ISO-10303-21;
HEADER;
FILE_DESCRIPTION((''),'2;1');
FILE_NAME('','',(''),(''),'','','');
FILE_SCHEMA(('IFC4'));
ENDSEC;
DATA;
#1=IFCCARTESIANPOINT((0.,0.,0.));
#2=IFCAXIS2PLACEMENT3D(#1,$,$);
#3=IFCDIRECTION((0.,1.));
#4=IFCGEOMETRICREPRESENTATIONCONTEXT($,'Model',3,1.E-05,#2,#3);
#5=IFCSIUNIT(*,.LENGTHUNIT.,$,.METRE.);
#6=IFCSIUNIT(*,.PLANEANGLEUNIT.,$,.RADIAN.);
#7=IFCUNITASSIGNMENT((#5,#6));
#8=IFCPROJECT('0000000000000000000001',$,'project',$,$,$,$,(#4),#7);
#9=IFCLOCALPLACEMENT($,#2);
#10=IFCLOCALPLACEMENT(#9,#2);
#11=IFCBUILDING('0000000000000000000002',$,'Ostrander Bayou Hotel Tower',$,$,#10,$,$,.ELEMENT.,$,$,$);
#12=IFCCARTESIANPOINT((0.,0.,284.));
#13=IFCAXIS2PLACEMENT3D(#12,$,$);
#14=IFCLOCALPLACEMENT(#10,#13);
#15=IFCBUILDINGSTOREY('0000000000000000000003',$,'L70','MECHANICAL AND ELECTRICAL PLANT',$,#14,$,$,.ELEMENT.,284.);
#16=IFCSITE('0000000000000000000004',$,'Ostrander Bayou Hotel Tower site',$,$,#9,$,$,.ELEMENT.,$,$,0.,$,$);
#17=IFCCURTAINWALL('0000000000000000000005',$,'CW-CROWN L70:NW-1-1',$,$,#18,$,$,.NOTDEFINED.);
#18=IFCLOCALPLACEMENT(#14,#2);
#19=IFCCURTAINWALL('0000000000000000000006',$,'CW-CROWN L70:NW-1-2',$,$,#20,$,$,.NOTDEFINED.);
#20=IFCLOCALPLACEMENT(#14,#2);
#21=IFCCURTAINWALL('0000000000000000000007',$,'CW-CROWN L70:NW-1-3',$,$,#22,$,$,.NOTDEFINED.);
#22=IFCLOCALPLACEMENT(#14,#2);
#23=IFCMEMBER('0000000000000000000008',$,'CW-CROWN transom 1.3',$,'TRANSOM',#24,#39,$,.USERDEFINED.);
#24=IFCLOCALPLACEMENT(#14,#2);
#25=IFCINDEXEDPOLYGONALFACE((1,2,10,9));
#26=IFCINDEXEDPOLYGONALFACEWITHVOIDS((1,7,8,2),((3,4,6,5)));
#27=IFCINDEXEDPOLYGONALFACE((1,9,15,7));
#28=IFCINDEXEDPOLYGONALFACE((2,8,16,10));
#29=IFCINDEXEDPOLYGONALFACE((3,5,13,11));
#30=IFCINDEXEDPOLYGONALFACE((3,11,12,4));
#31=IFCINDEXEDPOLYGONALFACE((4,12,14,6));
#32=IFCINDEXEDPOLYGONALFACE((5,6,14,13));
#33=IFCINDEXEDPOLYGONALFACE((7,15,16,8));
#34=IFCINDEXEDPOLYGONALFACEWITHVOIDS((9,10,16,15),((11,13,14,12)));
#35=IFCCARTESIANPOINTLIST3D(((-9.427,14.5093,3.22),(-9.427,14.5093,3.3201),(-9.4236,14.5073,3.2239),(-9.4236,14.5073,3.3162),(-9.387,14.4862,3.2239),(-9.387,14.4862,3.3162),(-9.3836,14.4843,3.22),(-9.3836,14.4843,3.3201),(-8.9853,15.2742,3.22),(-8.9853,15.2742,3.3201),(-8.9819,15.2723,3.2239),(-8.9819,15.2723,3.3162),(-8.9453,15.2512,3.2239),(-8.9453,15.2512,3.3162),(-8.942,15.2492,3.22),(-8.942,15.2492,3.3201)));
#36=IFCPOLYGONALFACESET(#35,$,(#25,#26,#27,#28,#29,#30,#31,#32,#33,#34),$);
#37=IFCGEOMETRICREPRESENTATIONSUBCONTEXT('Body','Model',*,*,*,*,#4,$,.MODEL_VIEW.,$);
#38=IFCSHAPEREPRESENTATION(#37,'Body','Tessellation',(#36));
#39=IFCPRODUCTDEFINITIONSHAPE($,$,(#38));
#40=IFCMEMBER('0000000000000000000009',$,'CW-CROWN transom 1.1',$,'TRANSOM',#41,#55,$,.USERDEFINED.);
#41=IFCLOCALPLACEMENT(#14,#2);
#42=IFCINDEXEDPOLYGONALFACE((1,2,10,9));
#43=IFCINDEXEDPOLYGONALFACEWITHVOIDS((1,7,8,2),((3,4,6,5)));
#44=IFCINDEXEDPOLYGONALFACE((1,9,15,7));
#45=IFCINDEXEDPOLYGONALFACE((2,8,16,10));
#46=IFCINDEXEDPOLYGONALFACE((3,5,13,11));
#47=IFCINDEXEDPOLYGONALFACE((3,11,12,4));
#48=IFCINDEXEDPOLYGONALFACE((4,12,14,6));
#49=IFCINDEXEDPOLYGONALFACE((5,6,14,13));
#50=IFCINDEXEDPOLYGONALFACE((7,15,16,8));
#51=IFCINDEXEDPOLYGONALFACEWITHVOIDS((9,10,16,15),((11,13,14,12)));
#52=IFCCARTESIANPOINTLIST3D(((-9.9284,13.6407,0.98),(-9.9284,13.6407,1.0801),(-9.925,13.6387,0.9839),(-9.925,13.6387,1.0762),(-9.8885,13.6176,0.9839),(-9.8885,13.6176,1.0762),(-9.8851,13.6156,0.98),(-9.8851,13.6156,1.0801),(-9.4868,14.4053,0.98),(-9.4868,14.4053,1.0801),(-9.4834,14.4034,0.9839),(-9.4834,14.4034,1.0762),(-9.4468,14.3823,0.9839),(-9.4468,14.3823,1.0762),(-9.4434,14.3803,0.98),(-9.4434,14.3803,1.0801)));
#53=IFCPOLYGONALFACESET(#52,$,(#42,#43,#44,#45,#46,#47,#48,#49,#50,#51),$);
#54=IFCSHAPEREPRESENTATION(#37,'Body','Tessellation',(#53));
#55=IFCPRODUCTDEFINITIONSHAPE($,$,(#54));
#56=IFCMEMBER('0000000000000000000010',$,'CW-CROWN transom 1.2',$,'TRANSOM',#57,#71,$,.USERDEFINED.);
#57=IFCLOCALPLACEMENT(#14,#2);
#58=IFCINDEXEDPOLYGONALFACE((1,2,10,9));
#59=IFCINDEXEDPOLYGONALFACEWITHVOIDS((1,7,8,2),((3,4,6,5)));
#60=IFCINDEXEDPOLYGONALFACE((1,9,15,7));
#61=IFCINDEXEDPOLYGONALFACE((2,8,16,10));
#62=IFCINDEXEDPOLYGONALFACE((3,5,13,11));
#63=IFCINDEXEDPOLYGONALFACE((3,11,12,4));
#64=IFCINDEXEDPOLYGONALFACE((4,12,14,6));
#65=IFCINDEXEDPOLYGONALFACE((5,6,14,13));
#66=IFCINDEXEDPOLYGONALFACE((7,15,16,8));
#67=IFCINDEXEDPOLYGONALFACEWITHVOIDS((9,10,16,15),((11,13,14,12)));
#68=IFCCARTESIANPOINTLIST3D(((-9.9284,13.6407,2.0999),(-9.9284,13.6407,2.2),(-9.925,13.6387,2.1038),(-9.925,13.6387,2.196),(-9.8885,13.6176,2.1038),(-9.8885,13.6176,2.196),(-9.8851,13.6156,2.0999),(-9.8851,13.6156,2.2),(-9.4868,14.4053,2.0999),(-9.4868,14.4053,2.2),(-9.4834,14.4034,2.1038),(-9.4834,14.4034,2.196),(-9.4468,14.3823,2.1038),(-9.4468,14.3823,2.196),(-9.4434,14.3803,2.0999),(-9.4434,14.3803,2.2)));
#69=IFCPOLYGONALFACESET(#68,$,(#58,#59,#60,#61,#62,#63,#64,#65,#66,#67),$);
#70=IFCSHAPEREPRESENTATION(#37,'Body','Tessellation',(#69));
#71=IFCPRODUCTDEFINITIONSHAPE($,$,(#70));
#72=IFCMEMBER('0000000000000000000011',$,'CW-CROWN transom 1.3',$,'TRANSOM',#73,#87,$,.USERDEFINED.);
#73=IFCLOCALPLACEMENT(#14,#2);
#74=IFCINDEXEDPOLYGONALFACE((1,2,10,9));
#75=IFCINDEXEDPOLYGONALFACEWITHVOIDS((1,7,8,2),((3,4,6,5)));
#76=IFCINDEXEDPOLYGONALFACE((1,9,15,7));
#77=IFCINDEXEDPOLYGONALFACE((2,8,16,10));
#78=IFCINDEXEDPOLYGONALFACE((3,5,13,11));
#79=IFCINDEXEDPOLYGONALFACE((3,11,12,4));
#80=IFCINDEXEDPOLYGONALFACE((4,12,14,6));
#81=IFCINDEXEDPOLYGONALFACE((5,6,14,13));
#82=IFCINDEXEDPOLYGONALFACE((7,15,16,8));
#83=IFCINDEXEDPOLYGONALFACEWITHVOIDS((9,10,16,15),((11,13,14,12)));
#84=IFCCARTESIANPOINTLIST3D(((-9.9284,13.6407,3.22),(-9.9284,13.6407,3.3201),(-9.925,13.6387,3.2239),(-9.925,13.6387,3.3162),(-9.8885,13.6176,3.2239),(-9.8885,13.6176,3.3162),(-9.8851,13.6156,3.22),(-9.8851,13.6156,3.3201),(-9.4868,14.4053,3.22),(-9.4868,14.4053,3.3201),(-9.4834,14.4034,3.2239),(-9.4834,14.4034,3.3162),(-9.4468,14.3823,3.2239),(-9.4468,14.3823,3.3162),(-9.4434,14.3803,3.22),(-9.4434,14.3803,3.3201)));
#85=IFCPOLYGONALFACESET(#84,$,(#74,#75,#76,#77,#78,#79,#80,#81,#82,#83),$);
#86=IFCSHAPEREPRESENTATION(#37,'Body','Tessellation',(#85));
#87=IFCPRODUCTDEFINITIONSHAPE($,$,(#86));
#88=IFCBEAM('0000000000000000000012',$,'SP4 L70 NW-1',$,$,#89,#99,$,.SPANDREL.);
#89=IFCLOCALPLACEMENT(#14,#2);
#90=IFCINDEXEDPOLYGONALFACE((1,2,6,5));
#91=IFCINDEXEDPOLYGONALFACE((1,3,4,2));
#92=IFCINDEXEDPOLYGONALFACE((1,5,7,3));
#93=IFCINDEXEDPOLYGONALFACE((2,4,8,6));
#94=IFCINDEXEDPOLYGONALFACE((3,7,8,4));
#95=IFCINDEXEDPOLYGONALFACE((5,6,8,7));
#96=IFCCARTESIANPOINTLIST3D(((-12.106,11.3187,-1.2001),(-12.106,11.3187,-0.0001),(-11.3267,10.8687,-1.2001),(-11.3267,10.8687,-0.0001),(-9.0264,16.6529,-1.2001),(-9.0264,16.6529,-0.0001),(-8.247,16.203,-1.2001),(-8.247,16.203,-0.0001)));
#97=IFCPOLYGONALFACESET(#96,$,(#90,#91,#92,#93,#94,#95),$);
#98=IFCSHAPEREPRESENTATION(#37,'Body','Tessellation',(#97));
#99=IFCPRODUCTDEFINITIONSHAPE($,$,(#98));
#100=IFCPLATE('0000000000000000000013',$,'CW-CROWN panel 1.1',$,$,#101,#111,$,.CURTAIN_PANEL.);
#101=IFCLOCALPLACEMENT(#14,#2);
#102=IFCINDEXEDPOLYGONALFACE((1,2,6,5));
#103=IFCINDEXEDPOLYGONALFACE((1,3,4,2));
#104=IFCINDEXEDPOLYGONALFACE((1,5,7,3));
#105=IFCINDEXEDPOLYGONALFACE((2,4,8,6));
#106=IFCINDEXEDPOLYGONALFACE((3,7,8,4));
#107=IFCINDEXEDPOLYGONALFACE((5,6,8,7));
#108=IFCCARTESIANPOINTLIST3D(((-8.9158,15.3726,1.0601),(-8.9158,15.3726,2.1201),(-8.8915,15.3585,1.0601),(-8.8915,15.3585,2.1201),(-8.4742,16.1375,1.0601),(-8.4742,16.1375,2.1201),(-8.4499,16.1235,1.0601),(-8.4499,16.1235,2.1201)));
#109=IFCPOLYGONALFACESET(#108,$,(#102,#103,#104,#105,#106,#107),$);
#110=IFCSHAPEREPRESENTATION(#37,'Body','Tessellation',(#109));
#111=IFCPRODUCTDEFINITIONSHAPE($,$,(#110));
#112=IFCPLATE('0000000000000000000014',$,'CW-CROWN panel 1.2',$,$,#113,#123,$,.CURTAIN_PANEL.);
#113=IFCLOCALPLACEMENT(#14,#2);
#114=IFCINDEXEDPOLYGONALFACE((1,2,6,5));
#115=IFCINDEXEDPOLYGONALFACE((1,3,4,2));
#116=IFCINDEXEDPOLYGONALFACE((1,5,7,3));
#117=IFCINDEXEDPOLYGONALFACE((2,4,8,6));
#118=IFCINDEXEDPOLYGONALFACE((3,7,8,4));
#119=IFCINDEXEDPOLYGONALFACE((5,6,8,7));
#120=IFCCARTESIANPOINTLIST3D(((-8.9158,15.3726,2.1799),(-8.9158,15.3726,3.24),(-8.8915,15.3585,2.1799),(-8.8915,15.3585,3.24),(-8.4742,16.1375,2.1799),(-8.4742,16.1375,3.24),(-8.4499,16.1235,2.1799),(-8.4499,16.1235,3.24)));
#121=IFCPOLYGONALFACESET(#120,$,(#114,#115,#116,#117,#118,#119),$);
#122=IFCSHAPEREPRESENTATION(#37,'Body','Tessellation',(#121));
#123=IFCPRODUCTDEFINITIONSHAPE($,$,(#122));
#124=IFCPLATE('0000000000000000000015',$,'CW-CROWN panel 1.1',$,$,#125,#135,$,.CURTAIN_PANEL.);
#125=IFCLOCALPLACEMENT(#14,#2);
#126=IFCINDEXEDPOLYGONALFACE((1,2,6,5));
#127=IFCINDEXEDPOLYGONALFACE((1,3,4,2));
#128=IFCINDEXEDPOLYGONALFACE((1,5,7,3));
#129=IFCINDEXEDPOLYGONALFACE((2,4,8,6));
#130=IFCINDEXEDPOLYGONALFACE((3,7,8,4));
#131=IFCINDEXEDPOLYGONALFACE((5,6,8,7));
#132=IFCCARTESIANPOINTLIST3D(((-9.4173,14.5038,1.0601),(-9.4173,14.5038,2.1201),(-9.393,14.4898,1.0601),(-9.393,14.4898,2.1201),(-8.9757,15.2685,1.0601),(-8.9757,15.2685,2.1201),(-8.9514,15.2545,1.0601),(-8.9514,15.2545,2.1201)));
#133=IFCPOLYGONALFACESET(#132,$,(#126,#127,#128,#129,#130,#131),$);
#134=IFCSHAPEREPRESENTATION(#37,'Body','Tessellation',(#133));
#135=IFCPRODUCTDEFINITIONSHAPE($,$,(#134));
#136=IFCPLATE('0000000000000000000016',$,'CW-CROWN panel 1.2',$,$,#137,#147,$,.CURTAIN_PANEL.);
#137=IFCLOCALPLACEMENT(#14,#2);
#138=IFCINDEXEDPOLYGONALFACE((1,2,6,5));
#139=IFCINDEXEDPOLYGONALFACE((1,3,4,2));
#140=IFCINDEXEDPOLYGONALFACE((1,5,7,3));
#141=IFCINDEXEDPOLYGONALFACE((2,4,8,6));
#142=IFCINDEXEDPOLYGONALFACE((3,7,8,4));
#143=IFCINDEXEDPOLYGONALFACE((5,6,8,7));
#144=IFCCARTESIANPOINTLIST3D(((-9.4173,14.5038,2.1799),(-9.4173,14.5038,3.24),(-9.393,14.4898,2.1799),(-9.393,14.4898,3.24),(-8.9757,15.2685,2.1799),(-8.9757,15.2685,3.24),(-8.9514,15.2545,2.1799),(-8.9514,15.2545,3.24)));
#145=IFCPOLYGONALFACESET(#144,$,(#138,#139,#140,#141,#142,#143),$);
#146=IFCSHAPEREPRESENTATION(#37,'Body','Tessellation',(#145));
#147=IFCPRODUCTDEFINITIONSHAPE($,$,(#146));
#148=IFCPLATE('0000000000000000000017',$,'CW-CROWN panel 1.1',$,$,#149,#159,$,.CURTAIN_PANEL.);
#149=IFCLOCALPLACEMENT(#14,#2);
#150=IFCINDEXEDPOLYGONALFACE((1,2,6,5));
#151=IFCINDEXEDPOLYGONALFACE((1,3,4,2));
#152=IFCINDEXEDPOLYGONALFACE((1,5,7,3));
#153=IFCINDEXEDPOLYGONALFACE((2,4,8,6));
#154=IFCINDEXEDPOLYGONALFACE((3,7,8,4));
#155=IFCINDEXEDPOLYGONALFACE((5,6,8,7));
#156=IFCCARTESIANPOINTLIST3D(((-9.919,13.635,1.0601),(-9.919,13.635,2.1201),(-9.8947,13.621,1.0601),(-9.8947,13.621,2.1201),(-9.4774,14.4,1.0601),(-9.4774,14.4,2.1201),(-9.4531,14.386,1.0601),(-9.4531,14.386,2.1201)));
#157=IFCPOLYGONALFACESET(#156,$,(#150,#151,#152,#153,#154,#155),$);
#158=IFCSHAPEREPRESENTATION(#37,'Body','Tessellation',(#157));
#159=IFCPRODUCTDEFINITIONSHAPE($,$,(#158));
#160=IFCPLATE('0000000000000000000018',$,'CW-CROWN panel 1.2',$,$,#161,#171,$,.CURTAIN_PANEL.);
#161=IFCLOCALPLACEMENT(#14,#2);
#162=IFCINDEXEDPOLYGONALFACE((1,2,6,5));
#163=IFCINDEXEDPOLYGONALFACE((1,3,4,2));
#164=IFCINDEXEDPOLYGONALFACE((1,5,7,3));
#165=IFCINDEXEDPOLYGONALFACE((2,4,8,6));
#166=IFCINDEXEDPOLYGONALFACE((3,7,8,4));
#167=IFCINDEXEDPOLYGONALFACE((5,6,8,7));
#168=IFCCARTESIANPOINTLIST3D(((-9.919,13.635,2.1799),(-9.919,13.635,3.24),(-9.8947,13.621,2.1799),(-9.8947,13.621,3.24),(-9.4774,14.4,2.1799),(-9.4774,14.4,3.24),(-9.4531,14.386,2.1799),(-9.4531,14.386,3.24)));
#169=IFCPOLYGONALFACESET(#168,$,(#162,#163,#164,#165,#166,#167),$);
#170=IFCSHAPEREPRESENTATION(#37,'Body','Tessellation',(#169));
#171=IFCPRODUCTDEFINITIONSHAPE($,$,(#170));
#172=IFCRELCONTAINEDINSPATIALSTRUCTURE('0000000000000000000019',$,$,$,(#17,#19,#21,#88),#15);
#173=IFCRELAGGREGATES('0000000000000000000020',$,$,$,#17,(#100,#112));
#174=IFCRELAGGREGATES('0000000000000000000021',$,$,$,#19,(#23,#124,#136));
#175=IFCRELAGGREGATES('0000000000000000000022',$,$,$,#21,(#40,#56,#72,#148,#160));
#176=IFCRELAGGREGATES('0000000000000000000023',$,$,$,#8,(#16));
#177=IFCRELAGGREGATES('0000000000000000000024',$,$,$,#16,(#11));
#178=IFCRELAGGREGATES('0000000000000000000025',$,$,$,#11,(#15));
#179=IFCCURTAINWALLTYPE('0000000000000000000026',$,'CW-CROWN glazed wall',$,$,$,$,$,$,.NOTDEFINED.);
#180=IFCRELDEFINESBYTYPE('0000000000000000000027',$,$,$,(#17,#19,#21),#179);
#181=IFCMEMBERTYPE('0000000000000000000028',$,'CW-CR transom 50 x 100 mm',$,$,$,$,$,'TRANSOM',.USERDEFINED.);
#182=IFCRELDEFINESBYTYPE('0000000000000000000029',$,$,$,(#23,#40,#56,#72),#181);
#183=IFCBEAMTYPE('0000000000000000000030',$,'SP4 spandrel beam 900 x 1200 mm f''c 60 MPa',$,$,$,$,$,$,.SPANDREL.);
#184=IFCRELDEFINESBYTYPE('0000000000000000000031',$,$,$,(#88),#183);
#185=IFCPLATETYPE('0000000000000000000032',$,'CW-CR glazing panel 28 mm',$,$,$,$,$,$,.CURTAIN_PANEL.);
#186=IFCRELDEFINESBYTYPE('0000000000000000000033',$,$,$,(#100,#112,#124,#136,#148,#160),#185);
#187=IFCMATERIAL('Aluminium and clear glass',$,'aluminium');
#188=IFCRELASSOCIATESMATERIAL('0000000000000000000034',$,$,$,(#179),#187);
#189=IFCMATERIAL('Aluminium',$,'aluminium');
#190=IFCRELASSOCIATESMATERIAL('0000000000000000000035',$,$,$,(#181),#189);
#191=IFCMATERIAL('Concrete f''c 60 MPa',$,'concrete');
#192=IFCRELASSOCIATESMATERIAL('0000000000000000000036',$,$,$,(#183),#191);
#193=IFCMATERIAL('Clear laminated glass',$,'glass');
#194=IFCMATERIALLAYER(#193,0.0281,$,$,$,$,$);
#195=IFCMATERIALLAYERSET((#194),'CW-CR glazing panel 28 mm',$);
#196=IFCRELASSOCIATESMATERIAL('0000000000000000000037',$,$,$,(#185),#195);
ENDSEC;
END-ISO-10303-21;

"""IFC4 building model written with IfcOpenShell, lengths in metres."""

from ifc_helpers import new_model, si_unit, direction, frame, origin, origin_2d, place, context, subcontext, project, spatial, rectangle, hollow_rectangle, extrude, material, layer, layer_set, material_profile, profile_set, type_object, element, aggregate, save


model = new_model("IFC4")

# Units and contexts
model_context = context("Model", 3, precision=1e-05, world=origin(), true_north=direction((0.0, 1.0)))
body_context = subcontext(model_context, "Body", "Model", "MODEL_VIEW")
ifc_project = project(units=[si_unit("LENGTHUNIT", "METRE"), si_unit("PLANEANGLEUNIT", "RADIAN")], contexts=[model_context])

# Site, building, storey
site_placement = place(None, origin())
site = spatial("IfcSite", under=ifc_project, at=site_placement, Name="Ostrander Bayou Hotel Tower site", CompositionType="ELEMENT", RefElevation=0.0)
building_placement = place(site_placement, origin())
building = spatial("IfcBuilding", under=site, at=building_placement, Name="Ostrander Bayou Hotel Tower", CompositionType="ELEMENT")
storey_placement = place(building_placement, frame((0.0, 0.0, 284.0)))
storey = spatial("IfcBuildingStorey", under=building, at=storey_placement, Name="L70", Description="MECHANICAL AND ELECTRICAL PLANT", CompositionType="ELEMENT", Elevation=284.0)

# Curtain walls
ifc_material_1 = material(Name="Aluminium and clear glass", Category="aluminium")
curtain_wall_type = type_object("IfcCurtainWallType", Name="CW-CROWN glazed wall", PredefinedType="NOTDEFINED", material=ifc_material_1)
curtain_wall_1_placement = place(storey_placement, origin())
curtain_wall_1 = element("IfcCurtainWall", 1, at=curtain_wall_1_placement, inside=storey, type_object=curtain_wall_type, Name="CW-CROWN L70:NW-1-1", PredefinedType="NOTDEFINED")
curtain_wall_2_placement = place(storey_placement, origin())
curtain_wall_2 = element("IfcCurtainWall", 2, at=curtain_wall_2_placement, inside=storey, type_object=curtain_wall_type, Name="CW-CROWN L70:NW-1-2", PredefinedType="NOTDEFINED")
curtain_wall_3_placement = place(storey_placement, origin())
curtain_wall_3 = element("IfcCurtainWall", 3, at=curtain_wall_3_placement, inside=storey, type_object=curtain_wall_type, Name="CW-CROWN L70:NW-1-3", PredefinedType="NOTDEFINED")

# Members
ifc_material_2 = material(Name="Aluminium", Category="aluminium")
ifc_material_profile_1 = material_profile(ifc_material_2, hollow_rectangle(XDim=0.05, YDim=0.1001, WallThickness=0.0039, at=origin_2d()))
ifc_profile_set_1 = profile_set([ifc_material_profile_1], Name="Aluminium")
member_type_1 = type_object("IfcMemberType", Name="CW-CR transom 50 x 100 mm", ElementType="TRANSOM", PredefinedType="USERDEFINED", material=ifc_profile_set_1)
member_1_placement = place(storey_placement, frame((-8.9636, 15.2617, 3.27), z_axis=(-0.500034, -0.866006, 0.0), x_axis=(0.866006, -0.500034, 0.0)))
member_1 = element("IfcMember", 4, at=member_1_placement, type_object=member_type_1, Name="CW-CROWN transom 1.3", ObjectType="TRANSOM", PredefinedType="USERDEFINED", context=body_context, shape_type="SweptSolid", body=[
    extrude(hollow_rectangle(XDim=0.05, YDim=0.1001, WallThickness=0.0039, at=origin_2d()), origin(), (0.0, 0.0, 1.0), 0.8833),
])
member_2_placement = place(storey_placement, frame((-9.4651, 14.3928, 1.03), z_axis=(-0.500153, -0.865937, 0.0), x_axis=(0.865937, -0.500153, 0.0)))
member_2 = element("IfcMember", 5, at=member_2_placement, type_object=member_type_1, Name="CW-CROWN transom 1.1", ObjectType="TRANSOM", PredefinedType="USERDEFINED", context=body_context, shape_type="SweptSolid", body=[
    extrude(hollow_rectangle(XDim=0.05, YDim=0.1001, WallThickness=0.0039, at=origin_2d()), origin(), (0.0, 0.0, 1.0), 0.8831),
])
member_3_placement = place(storey_placement, frame((-9.4651, 14.3928, 2.1499), z_axis=(-0.500153, -0.865937, 0.0), x_axis=(0.865937, -0.500153, 0.0)))
member_3 = element("IfcMember", 6, at=member_3_placement, type_object=member_type_1, Name="CW-CROWN transom 1.2", ObjectType="TRANSOM", PredefinedType="USERDEFINED", context=body_context, shape_type="SweptSolid", body=[
    extrude(hollow_rectangle(XDim=0.05, YDim=0.1001, WallThickness=0.0039, at=origin_2d()), origin(), (0.0, 0.0, 1.0), 0.8831),
])
member_4_placement = place(storey_placement, frame((-9.4651, 14.3928, 3.27), z_axis=(-0.500153, -0.865937, 0.0), x_axis=(0.865937, -0.500153, 0.0)))
member_4 = element("IfcMember", 7, at=member_4_placement, type_object=member_type_1, Name="CW-CROWN transom 1.3", ObjectType="TRANSOM", PredefinedType="USERDEFINED", context=body_context, shape_type="SweptSolid", body=[
    extrude(hollow_rectangle(XDim=0.05, YDim=0.1001, WallThickness=0.0039, at=origin_2d()), origin(), (0.0, 0.0, 1.0), 0.8831),
])

# Beam
ifc_material_3 = material(Name="Concrete f'c 60 MPa", Category="concrete")
ifc_material_profile_2 = material_profile(ifc_material_3, rectangle(XDim=0.8999, YDim=1.2, at=origin_2d()))
ifc_profile_set_2 = profile_set([ifc_material_profile_2], Name="Concrete f'c 60 MPa")
beam_type = type_object("IfcBeamType", Name="SP4 spandrel beam 900 x 1200 mm f'c 60 MPa", PredefinedType="SPANDREL", material=ifc_profile_set_2)
beam_placement = place(storey_placement, frame((-8.6367, 16.428, -0.6001), z_axis=(-0.499984, -0.866034, 0.0), x_axis=(0.866034, -0.499984, 0.0)))
element("IfcBeam", 8, at=beam_placement, inside=storey, type_object=beam_type, Name="SP4 L70 NW-1", PredefinedType="SPANDREL", context=body_context, shape_type="SweptSolid", body=[
    extrude(rectangle(XDim=0.8999, YDim=1.2, at=origin_2d()), origin(), (0.0, 0.0, 1.0), 6.1594),
])

# Plates
ifc_material_4 = material(Name="Clear laminated glass", Category="glass")
ifc_layer_1 = layer(ifc_material_4, 0.0281)
ifc_layer_set_1 = layer_set([ifc_layer_1], Name="CW-CR glazing panel 28 mm")
plate_type = type_object("IfcPlateType", Name="CW-CR glazing panel 28 mm", PredefinedType="CURTAIN_PANEL", material=ifc_layer_set_1)
plate_1_placement = place(storey_placement, frame((-8.6829, 15.748, 1.0601), z_axis=(0.0, 0.0, 1.0), x_axis=(-0.499999, -0.866026, 0.0)))
plate_1 = element("IfcPlate", 9, at=plate_1_placement, type_object=plate_type, Name="CW-CROWN panel 1.1", PredefinedType="CURTAIN_PANEL", context=body_context, shape_type="SweptSolid", body=[
    extrude(rectangle(XDim=0.8833, YDim=0.0281, at=origin_2d()), origin(), (0.0, 0.0, 1.0), 1.0601),
])
plate_2_placement = place(storey_placement, frame((-8.6829, 15.748, 2.1799), z_axis=(0.0, 0.0, 1.0), x_axis=(-0.499999, -0.866026, 0.0)))
plate_2 = element("IfcPlate", 10, at=plate_2_placement, type_object=plate_type, Name="CW-CROWN panel 1.2", PredefinedType="CURTAIN_PANEL", context=body_context, shape_type="SweptSolid", body=[
    extrude(rectangle(XDim=0.8833, YDim=0.0281, at=origin_2d()), origin(), (0.0, 0.0, 1.0), 1.0601),
])
aggregate(curtain_wall_1, [plate_1, plate_2])
plate_3_placement = place(storey_placement, frame((-9.1843, 14.8792, 1.0601), z_axis=(0.0, 0.0, 1.0), x_axis=(-0.500042, -0.866001, 0.0)))
plate_3 = element("IfcPlate", 11, at=plate_3_placement, type_object=plate_type, Name="CW-CROWN panel 1.1", PredefinedType="CURTAIN_PANEL", context=body_context, shape_type="SweptSolid", body=[
    extrude(rectangle(XDim=0.8831, YDim=0.0281, at=origin_2d()), origin(), (0.0, 0.0, 1.0), 1.0601),
])
plate_4_placement = place(storey_placement, frame((-9.1843, 14.8792, 2.1799), z_axis=(0.0, 0.0, 1.0), x_axis=(-0.500042, -0.866001, 0.0)))
plate_4 = element("IfcPlate", 12, at=plate_4_placement, type_object=plate_type, Name="CW-CROWN panel 1.2", PredefinedType="CURTAIN_PANEL", context=body_context, shape_type="SweptSolid", body=[
    extrude(rectangle(XDim=0.8831, YDim=0.0281, at=origin_2d()), origin(), (0.0, 0.0, 1.0), 1.0601),
])
aggregate(curtain_wall_2, [member_1, plate_3, plate_4])
plate_5_placement = place(storey_placement, frame((-9.686, 14.0105, 1.0601), z_axis=(0.0, 0.0, 1.0), x_axis=(-0.499999, -0.866026, 0.0)))
plate_5 = element("IfcPlate", 13, at=plate_5_placement, type_object=plate_type, Name="CW-CROWN panel 1.1", PredefinedType="CURTAIN_PANEL", context=body_context, shape_type="SweptSolid", body=[
    extrude(rectangle(XDim=0.8833, YDim=0.0281, at=origin_2d()), origin(), (0.0, 0.0, 1.0), 1.0601),
])
plate_6_placement = place(storey_placement, frame((-9.686, 14.0105, 2.1799), z_axis=(0.0, 0.0, 1.0), x_axis=(-0.499999, -0.866026, 0.0)))
plate_6 = element("IfcPlate", 14, at=plate_6_placement, type_object=plate_type, Name="CW-CROWN panel 1.2", PredefinedType="CURTAIN_PANEL", context=body_context, shape_type="SweptSolid", body=[
    extrude(rectangle(XDim=0.8833, YDim=0.0281, at=origin_2d()), origin(), (0.0, 0.0, 1.0), 1.0601),
])
aggregate(curtain_wall_3, [member_2, member_3, member_4, plate_5, plate_6])

save(model, "model.ifc")
